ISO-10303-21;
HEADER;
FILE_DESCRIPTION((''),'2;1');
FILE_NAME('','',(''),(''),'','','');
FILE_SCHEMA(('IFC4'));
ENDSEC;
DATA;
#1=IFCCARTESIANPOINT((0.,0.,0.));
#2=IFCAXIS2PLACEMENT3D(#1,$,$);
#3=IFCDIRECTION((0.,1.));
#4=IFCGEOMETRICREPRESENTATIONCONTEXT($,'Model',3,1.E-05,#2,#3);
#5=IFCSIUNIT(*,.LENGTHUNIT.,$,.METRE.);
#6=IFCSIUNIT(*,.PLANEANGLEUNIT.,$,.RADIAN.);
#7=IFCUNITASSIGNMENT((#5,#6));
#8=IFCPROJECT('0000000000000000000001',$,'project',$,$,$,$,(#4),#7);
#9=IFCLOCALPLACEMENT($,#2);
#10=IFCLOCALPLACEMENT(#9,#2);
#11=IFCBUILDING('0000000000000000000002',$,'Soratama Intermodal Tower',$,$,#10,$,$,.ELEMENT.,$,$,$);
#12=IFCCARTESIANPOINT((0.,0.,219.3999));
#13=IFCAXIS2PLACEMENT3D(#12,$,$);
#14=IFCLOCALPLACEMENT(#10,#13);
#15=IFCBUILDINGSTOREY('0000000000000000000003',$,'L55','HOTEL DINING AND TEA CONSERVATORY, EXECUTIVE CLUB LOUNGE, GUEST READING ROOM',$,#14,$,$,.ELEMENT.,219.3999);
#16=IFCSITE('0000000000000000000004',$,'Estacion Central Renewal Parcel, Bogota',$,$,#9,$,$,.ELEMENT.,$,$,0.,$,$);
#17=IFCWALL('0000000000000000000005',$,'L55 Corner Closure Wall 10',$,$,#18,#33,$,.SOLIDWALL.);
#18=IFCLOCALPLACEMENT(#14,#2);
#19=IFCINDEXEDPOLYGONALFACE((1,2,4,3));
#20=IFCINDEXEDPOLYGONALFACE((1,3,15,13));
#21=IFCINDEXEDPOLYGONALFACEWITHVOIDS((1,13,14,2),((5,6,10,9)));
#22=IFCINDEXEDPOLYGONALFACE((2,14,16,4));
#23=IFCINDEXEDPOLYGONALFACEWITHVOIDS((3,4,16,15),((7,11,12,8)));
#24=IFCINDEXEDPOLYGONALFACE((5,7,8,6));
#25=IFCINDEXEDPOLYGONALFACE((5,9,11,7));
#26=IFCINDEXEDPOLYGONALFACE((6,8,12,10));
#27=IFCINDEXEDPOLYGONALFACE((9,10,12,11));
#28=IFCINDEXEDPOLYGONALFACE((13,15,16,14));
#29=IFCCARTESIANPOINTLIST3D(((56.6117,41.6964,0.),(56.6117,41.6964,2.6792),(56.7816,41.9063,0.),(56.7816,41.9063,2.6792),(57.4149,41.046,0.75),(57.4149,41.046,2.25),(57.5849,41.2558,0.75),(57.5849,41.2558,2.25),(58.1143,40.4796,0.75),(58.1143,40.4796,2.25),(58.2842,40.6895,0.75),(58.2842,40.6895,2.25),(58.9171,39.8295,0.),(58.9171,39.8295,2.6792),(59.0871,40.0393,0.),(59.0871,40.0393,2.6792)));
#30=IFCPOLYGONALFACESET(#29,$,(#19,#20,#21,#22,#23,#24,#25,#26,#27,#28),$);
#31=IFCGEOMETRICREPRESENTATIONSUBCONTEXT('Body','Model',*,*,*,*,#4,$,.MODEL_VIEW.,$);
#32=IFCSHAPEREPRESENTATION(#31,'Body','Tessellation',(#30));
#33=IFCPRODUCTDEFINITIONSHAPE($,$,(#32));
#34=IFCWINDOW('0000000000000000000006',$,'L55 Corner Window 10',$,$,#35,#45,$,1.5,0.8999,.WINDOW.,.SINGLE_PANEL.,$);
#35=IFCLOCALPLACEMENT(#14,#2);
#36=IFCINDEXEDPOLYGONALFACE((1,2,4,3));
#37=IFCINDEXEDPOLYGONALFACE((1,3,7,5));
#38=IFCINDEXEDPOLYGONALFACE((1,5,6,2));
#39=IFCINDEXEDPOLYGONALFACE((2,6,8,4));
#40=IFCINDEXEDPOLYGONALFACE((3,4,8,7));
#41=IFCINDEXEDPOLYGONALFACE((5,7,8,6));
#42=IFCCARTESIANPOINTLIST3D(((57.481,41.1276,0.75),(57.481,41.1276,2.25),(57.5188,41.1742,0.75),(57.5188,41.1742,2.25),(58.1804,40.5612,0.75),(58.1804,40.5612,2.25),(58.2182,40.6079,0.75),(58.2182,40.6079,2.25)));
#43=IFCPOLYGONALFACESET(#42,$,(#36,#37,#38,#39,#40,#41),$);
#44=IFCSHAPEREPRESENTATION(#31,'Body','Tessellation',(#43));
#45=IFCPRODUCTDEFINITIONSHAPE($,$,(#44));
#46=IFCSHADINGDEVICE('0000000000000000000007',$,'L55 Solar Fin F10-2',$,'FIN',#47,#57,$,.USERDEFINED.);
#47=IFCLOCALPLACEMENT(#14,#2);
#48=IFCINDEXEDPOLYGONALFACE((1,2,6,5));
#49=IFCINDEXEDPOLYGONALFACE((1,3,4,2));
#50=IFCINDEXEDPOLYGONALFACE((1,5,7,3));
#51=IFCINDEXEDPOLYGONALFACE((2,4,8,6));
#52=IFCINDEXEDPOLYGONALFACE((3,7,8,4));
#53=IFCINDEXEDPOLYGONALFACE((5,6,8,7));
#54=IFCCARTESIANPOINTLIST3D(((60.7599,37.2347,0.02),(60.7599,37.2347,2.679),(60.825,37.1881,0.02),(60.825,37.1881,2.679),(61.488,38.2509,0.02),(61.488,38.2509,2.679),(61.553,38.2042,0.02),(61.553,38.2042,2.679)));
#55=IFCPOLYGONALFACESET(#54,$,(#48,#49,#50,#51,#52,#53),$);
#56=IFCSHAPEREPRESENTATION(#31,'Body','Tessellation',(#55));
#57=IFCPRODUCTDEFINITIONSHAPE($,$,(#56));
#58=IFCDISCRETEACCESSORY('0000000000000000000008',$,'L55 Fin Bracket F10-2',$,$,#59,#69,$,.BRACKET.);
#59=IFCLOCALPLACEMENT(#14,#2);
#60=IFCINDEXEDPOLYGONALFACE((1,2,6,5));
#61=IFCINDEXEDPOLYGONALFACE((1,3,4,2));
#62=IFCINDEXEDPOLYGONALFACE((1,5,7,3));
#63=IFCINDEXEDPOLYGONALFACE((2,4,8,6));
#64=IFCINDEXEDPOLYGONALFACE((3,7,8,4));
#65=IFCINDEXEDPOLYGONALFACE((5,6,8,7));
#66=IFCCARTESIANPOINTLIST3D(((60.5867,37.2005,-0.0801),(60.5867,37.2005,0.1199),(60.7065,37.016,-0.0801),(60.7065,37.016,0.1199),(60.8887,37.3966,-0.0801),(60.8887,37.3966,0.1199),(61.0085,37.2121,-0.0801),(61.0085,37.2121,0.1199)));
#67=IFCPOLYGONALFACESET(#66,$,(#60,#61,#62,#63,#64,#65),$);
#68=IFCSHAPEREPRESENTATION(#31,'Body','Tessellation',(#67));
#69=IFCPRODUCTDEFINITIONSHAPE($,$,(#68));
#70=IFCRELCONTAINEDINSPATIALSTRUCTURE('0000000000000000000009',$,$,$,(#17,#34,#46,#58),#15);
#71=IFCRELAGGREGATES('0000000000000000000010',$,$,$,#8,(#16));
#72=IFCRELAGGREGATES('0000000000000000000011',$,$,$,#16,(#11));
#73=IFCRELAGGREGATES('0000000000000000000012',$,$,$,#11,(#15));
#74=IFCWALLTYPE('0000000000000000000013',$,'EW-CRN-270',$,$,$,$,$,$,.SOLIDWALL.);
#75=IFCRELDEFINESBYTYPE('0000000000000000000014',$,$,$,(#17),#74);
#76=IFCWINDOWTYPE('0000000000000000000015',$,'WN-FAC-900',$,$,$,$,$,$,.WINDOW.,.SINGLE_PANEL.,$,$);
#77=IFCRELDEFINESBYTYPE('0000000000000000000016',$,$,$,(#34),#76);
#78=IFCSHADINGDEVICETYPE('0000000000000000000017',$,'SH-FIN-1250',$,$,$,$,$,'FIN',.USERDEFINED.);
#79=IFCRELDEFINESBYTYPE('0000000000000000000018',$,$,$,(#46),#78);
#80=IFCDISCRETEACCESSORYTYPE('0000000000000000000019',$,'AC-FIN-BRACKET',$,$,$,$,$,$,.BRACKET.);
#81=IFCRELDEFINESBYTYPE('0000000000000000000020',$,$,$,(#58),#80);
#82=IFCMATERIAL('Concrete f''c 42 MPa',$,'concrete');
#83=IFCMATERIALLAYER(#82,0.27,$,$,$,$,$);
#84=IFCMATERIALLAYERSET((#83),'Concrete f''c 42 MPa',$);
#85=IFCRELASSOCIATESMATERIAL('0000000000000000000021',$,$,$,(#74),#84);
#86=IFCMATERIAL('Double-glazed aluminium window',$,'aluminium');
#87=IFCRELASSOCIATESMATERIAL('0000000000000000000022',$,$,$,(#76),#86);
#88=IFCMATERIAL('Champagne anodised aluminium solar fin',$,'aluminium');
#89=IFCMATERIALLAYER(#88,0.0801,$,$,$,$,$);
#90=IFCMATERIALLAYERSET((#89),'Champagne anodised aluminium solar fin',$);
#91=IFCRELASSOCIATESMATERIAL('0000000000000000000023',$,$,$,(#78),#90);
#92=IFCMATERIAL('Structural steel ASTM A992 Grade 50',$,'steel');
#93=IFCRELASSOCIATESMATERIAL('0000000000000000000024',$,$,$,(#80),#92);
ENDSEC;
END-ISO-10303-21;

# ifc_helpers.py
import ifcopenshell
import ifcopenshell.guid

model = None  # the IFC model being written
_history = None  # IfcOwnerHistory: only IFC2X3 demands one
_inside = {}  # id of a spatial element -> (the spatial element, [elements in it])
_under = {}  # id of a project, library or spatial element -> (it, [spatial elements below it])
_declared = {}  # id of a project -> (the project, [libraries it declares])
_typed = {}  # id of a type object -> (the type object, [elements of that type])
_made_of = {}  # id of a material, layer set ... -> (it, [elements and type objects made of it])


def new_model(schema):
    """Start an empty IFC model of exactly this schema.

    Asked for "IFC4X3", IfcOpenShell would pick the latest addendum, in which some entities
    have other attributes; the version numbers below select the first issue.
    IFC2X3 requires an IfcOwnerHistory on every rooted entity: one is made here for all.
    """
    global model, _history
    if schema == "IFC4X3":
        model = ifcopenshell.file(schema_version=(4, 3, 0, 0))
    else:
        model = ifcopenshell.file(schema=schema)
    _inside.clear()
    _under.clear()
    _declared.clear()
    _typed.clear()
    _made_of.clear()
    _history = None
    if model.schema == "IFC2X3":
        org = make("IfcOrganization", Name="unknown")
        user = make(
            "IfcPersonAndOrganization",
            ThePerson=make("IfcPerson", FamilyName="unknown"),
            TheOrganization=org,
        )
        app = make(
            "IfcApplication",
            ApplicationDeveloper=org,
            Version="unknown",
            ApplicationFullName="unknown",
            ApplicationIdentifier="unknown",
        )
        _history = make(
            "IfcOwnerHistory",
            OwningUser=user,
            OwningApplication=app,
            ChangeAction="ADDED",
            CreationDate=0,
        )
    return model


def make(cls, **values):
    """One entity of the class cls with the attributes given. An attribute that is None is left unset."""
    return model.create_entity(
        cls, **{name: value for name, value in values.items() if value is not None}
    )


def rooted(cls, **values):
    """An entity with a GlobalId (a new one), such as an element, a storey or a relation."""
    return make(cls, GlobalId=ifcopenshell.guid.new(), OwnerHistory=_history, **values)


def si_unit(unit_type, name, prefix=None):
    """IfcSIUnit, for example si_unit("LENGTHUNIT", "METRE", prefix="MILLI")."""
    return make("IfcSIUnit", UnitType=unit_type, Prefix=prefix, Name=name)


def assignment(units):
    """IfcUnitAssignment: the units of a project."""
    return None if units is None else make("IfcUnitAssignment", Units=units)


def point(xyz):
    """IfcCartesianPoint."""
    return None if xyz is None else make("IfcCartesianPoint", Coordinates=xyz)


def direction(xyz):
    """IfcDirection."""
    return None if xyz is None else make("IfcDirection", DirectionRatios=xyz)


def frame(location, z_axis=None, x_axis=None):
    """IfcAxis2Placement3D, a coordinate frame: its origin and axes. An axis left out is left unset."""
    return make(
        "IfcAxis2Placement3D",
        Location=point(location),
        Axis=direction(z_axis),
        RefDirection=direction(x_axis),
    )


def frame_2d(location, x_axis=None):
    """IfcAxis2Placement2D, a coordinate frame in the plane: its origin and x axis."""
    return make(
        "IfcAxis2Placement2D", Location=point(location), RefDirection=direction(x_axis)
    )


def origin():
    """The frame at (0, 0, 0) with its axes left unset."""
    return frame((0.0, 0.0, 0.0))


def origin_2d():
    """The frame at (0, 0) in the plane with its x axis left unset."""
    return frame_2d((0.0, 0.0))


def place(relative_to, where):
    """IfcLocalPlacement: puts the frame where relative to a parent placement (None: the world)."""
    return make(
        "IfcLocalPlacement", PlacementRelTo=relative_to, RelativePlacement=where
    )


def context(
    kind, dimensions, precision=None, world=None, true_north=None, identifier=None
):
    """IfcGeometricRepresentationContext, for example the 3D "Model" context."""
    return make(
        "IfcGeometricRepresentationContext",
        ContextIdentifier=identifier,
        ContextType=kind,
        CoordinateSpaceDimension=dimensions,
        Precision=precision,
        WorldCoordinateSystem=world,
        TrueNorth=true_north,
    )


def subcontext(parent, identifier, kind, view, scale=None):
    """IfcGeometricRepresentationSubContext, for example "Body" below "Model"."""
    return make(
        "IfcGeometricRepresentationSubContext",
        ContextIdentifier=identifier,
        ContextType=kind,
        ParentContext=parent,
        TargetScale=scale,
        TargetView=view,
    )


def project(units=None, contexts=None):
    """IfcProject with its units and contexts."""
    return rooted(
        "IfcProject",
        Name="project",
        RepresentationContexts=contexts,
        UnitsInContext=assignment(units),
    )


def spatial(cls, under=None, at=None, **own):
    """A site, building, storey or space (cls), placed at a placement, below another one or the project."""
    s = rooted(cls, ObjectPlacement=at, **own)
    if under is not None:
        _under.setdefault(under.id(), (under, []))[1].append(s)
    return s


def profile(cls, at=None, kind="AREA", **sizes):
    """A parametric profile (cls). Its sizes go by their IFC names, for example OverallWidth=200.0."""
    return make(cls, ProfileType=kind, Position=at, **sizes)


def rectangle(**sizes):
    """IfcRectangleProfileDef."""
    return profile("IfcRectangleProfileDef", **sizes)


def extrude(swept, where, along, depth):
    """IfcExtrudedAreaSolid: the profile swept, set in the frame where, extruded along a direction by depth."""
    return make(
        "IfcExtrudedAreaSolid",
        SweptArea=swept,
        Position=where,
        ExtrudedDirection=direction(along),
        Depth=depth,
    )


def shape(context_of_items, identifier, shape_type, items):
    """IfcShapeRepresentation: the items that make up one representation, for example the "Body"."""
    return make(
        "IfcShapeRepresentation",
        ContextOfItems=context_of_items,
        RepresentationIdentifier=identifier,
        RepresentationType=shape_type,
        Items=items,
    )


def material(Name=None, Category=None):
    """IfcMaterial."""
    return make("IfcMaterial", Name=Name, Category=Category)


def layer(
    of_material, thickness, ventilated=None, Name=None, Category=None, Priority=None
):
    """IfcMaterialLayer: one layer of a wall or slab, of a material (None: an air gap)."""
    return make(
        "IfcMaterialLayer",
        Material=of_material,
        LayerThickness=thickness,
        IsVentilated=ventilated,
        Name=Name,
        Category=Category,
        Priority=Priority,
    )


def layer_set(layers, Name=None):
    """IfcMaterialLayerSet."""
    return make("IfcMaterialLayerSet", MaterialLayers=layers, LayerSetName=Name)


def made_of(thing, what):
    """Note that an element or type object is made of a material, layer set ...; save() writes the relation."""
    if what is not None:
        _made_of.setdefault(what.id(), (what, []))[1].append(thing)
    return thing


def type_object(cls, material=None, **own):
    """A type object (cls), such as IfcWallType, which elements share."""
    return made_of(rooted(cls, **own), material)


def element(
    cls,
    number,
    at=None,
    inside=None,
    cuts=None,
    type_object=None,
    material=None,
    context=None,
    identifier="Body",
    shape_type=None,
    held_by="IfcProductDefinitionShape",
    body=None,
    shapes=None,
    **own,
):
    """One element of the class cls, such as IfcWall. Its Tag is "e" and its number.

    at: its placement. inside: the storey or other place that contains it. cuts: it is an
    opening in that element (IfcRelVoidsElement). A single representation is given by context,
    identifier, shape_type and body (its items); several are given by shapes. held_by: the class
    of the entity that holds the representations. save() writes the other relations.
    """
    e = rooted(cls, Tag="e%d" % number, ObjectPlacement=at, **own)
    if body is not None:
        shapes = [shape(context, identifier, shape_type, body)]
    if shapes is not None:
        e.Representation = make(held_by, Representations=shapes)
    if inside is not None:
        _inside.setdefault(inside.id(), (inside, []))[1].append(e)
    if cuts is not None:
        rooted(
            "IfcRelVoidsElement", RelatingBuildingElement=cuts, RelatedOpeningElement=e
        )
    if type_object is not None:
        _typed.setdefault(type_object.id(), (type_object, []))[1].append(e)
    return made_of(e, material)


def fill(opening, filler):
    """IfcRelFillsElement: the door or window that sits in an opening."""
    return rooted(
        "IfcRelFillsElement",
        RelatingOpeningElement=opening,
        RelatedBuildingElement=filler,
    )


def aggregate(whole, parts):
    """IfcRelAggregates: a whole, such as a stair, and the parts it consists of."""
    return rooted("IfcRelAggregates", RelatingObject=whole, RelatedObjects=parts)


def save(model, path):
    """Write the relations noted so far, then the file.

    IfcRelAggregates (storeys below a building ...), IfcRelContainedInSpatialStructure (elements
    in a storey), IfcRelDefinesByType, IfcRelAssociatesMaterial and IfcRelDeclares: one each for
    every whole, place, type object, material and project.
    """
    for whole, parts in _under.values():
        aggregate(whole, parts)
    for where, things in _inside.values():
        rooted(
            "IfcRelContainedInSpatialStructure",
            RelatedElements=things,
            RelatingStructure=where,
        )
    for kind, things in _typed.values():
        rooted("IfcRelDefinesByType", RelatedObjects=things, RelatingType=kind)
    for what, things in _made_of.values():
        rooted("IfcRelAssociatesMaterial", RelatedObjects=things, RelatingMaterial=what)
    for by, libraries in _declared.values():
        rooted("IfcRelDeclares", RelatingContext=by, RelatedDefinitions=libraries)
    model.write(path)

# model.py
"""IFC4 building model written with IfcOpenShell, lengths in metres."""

from ifc_helpers import new_model, si_unit, direction, frame, frame_2d, origin, origin_2d, place, context, subcontext, project, spatial, rectangle, extrude, material, layer, layer_set, type_object, element, fill, save


model = new_model("IFC4")

# Units and contexts
model_context = context("Model", 3, precision=1e-05, world=origin(), true_north=direction((0.0, 1.0)))
body_context = subcontext(model_context, "Body", "Model", "MODEL_VIEW")
ifc_project = project(units=[si_unit("LENGTHUNIT", "METRE"), si_unit("PLANEANGLEUNIT", "RADIAN")], contexts=[model_context])

# Site, building, storey
site_placement = place(None, origin())
site = spatial("IfcSite", under=ifc_project, at=site_placement, Name="Estacion Central Renewal Parcel, Bogota", CompositionType="ELEMENT", RefElevation=0.0)
building_placement = place(site_placement, origin())
building = spatial("IfcBuilding", under=site, at=building_placement, Name="Soratama Intermodal Tower", CompositionType="ELEMENT")
storey_placement = place(building_placement, frame((0.0, 0.0, 219.3999)))
storey = spatial("IfcBuildingStorey", under=building, at=storey_placement, Name="L55", Description="HOTEL DINING AND TEA CONSERVATORY, EXECUTIVE CLUB LOUNGE, GUEST READING ROOM", CompositionType="ELEMENT", Elevation=219.3999)

# Wall, opening, window
ifc_material_1 = material(Name="Concrete f'c 42 MPa", Category="concrete")
ifc_layer_1 = layer(ifc_material_1, 0.27)
ifc_layer_set_1 = layer_set([ifc_layer_1], Name="Concrete f'c 42 MPa")
wall_type = type_object("IfcWallType", Name="EW-CRN-270", PredefinedType="SOLIDWALL", material=ifc_layer_set_1)
wall_placement = place(storey_placement, frame((59.0022, 39.9343, 0.0), z_axis=(0.0, 0.0, 1.0), x_axis=(-0.777138, 0.629331, 0.0)))
wall = element("IfcWall", 1, at=wall_placement, inside=storey, type_object=wall_type, Name="L55 Corner Closure Wall 10", PredefinedType="SOLIDWALL", context=body_context, shape_type="SweptSolid", body=[
    extrude(rectangle(XDim=2.9666, YDim=0.27, at=frame_2d((1.4834, 0.0))), origin(), (0.0, 0.0, 1.0), 2.6792),
])
opening_placement = place(wall_placement, frame((1.0332, 0.0, 0.75)))
opening = element("IfcOpeningElement", 2, at=opening_placement, cuts=wall, PredefinedType="OPENING", context=body_context, shape_type="SweptSolid", body=[
    extrude(rectangle(XDim=0.8999, YDim=1.5, at=frame_2d((0.45, 0.75))), frame((0.0, 0.145, 0.0), z_axis=(0.0, -1.0, 0.0), x_axis=(1.0, 0.0, 0.0)), (0.0, 0.0, 1.0), 0.29),
])
ifc_material_2 = material(Name="Double-glazed aluminium window", Category="aluminium")
window_type = type_object("IfcWindowType", Name="WN-FAC-900", PartitioningType="SINGLE_PANEL", PredefinedType="WINDOW", material=ifc_material_2)
window_placement = place(opening_placement, origin())
window = element("IfcWindow", 3, at=window_placement, inside=storey, type_object=window_type, Name="L55 Corner Window 10", OverallHeight=1.5, OverallWidth=0.8999, PartitioningType="SINGLE_PANEL", PredefinedType="WINDOW", context=body_context, shape_type="SweptSolid", body=[
    extrude(rectangle(XDim=0.8999, YDim=1.5, at=frame_2d((0.45, 0.75))), frame((0.0, 0.03, 0.0), z_axis=(0.0, -1.0, 0.0), x_axis=(1.0, 0.0, 0.0)), (0.0, 0.0, 1.0), 0.0601),
])
fill(opening, window)

# Shading device
ifc_material_3 = material(Name="Champagne anodised aluminium solar fin", Category="aluminium")
ifc_layer_2 = layer(ifc_material_3, 0.0801)
ifc_layer_set_2 = layer_set([ifc_layer_2], Name="Champagne anodised aluminium solar fin")
shading_device_type = type_object("IfcShadingDeviceType", Name="SH-FIN-1250", ElementType="FIN", PredefinedType="USERDEFINED", material=ifc_layer_set_2)
shading_device_placement = place(storey_placement, frame((61.1565, 37.7195, 0.02), z_axis=(0.0, 0.0, 1.0), x_axis=(0.582407, 0.812898, 0.0)))
element("IfcShadingDevice", 4, at=shading_device_placement, inside=storey, type_object=shading_device_type, Name="L55 Solar Fin F10-2", ObjectType="FIN", PredefinedType="USERDEFINED", context=body_context, shape_type="SweptSolid", body=[
    extrude(rectangle(XDim=1.25, YDim=0.0801, at=origin_2d()), origin(), (0.0, 0.0, 1.0), 2.6589),
])

# Discrete accessory
ifc_material_4 = material(Name="Structural steel ASTM A992 Grade 50", Category="steel")
discrete_accessory_type = type_object("IfcDiscreteAccessoryType", Name="AC-FIN-BRACKET", PredefinedType="BRACKET", material=ifc_material_4)
discrete_accessory_placement = place(storey_placement, frame((60.7976, 37.2063, -0.0801), z_axis=(0.0, 0.0, 1.0), x_axis=(0.838671, 0.544639, 0.0)))
element("IfcDiscreteAccessory", 5, at=discrete_accessory_placement, inside=storey, type_object=discrete_accessory_type, Name="L55 Fin Bracket F10-2", PredefinedType="BRACKET", context=body_context, shape_type="SweptSolid", body=[
    extrude(rectangle(XDim=0.3601, YDim=0.22, at=origin_2d()), origin(), (0.0, 0.0, 1.0), 0.2),
])

save(model, "model.ifc")
